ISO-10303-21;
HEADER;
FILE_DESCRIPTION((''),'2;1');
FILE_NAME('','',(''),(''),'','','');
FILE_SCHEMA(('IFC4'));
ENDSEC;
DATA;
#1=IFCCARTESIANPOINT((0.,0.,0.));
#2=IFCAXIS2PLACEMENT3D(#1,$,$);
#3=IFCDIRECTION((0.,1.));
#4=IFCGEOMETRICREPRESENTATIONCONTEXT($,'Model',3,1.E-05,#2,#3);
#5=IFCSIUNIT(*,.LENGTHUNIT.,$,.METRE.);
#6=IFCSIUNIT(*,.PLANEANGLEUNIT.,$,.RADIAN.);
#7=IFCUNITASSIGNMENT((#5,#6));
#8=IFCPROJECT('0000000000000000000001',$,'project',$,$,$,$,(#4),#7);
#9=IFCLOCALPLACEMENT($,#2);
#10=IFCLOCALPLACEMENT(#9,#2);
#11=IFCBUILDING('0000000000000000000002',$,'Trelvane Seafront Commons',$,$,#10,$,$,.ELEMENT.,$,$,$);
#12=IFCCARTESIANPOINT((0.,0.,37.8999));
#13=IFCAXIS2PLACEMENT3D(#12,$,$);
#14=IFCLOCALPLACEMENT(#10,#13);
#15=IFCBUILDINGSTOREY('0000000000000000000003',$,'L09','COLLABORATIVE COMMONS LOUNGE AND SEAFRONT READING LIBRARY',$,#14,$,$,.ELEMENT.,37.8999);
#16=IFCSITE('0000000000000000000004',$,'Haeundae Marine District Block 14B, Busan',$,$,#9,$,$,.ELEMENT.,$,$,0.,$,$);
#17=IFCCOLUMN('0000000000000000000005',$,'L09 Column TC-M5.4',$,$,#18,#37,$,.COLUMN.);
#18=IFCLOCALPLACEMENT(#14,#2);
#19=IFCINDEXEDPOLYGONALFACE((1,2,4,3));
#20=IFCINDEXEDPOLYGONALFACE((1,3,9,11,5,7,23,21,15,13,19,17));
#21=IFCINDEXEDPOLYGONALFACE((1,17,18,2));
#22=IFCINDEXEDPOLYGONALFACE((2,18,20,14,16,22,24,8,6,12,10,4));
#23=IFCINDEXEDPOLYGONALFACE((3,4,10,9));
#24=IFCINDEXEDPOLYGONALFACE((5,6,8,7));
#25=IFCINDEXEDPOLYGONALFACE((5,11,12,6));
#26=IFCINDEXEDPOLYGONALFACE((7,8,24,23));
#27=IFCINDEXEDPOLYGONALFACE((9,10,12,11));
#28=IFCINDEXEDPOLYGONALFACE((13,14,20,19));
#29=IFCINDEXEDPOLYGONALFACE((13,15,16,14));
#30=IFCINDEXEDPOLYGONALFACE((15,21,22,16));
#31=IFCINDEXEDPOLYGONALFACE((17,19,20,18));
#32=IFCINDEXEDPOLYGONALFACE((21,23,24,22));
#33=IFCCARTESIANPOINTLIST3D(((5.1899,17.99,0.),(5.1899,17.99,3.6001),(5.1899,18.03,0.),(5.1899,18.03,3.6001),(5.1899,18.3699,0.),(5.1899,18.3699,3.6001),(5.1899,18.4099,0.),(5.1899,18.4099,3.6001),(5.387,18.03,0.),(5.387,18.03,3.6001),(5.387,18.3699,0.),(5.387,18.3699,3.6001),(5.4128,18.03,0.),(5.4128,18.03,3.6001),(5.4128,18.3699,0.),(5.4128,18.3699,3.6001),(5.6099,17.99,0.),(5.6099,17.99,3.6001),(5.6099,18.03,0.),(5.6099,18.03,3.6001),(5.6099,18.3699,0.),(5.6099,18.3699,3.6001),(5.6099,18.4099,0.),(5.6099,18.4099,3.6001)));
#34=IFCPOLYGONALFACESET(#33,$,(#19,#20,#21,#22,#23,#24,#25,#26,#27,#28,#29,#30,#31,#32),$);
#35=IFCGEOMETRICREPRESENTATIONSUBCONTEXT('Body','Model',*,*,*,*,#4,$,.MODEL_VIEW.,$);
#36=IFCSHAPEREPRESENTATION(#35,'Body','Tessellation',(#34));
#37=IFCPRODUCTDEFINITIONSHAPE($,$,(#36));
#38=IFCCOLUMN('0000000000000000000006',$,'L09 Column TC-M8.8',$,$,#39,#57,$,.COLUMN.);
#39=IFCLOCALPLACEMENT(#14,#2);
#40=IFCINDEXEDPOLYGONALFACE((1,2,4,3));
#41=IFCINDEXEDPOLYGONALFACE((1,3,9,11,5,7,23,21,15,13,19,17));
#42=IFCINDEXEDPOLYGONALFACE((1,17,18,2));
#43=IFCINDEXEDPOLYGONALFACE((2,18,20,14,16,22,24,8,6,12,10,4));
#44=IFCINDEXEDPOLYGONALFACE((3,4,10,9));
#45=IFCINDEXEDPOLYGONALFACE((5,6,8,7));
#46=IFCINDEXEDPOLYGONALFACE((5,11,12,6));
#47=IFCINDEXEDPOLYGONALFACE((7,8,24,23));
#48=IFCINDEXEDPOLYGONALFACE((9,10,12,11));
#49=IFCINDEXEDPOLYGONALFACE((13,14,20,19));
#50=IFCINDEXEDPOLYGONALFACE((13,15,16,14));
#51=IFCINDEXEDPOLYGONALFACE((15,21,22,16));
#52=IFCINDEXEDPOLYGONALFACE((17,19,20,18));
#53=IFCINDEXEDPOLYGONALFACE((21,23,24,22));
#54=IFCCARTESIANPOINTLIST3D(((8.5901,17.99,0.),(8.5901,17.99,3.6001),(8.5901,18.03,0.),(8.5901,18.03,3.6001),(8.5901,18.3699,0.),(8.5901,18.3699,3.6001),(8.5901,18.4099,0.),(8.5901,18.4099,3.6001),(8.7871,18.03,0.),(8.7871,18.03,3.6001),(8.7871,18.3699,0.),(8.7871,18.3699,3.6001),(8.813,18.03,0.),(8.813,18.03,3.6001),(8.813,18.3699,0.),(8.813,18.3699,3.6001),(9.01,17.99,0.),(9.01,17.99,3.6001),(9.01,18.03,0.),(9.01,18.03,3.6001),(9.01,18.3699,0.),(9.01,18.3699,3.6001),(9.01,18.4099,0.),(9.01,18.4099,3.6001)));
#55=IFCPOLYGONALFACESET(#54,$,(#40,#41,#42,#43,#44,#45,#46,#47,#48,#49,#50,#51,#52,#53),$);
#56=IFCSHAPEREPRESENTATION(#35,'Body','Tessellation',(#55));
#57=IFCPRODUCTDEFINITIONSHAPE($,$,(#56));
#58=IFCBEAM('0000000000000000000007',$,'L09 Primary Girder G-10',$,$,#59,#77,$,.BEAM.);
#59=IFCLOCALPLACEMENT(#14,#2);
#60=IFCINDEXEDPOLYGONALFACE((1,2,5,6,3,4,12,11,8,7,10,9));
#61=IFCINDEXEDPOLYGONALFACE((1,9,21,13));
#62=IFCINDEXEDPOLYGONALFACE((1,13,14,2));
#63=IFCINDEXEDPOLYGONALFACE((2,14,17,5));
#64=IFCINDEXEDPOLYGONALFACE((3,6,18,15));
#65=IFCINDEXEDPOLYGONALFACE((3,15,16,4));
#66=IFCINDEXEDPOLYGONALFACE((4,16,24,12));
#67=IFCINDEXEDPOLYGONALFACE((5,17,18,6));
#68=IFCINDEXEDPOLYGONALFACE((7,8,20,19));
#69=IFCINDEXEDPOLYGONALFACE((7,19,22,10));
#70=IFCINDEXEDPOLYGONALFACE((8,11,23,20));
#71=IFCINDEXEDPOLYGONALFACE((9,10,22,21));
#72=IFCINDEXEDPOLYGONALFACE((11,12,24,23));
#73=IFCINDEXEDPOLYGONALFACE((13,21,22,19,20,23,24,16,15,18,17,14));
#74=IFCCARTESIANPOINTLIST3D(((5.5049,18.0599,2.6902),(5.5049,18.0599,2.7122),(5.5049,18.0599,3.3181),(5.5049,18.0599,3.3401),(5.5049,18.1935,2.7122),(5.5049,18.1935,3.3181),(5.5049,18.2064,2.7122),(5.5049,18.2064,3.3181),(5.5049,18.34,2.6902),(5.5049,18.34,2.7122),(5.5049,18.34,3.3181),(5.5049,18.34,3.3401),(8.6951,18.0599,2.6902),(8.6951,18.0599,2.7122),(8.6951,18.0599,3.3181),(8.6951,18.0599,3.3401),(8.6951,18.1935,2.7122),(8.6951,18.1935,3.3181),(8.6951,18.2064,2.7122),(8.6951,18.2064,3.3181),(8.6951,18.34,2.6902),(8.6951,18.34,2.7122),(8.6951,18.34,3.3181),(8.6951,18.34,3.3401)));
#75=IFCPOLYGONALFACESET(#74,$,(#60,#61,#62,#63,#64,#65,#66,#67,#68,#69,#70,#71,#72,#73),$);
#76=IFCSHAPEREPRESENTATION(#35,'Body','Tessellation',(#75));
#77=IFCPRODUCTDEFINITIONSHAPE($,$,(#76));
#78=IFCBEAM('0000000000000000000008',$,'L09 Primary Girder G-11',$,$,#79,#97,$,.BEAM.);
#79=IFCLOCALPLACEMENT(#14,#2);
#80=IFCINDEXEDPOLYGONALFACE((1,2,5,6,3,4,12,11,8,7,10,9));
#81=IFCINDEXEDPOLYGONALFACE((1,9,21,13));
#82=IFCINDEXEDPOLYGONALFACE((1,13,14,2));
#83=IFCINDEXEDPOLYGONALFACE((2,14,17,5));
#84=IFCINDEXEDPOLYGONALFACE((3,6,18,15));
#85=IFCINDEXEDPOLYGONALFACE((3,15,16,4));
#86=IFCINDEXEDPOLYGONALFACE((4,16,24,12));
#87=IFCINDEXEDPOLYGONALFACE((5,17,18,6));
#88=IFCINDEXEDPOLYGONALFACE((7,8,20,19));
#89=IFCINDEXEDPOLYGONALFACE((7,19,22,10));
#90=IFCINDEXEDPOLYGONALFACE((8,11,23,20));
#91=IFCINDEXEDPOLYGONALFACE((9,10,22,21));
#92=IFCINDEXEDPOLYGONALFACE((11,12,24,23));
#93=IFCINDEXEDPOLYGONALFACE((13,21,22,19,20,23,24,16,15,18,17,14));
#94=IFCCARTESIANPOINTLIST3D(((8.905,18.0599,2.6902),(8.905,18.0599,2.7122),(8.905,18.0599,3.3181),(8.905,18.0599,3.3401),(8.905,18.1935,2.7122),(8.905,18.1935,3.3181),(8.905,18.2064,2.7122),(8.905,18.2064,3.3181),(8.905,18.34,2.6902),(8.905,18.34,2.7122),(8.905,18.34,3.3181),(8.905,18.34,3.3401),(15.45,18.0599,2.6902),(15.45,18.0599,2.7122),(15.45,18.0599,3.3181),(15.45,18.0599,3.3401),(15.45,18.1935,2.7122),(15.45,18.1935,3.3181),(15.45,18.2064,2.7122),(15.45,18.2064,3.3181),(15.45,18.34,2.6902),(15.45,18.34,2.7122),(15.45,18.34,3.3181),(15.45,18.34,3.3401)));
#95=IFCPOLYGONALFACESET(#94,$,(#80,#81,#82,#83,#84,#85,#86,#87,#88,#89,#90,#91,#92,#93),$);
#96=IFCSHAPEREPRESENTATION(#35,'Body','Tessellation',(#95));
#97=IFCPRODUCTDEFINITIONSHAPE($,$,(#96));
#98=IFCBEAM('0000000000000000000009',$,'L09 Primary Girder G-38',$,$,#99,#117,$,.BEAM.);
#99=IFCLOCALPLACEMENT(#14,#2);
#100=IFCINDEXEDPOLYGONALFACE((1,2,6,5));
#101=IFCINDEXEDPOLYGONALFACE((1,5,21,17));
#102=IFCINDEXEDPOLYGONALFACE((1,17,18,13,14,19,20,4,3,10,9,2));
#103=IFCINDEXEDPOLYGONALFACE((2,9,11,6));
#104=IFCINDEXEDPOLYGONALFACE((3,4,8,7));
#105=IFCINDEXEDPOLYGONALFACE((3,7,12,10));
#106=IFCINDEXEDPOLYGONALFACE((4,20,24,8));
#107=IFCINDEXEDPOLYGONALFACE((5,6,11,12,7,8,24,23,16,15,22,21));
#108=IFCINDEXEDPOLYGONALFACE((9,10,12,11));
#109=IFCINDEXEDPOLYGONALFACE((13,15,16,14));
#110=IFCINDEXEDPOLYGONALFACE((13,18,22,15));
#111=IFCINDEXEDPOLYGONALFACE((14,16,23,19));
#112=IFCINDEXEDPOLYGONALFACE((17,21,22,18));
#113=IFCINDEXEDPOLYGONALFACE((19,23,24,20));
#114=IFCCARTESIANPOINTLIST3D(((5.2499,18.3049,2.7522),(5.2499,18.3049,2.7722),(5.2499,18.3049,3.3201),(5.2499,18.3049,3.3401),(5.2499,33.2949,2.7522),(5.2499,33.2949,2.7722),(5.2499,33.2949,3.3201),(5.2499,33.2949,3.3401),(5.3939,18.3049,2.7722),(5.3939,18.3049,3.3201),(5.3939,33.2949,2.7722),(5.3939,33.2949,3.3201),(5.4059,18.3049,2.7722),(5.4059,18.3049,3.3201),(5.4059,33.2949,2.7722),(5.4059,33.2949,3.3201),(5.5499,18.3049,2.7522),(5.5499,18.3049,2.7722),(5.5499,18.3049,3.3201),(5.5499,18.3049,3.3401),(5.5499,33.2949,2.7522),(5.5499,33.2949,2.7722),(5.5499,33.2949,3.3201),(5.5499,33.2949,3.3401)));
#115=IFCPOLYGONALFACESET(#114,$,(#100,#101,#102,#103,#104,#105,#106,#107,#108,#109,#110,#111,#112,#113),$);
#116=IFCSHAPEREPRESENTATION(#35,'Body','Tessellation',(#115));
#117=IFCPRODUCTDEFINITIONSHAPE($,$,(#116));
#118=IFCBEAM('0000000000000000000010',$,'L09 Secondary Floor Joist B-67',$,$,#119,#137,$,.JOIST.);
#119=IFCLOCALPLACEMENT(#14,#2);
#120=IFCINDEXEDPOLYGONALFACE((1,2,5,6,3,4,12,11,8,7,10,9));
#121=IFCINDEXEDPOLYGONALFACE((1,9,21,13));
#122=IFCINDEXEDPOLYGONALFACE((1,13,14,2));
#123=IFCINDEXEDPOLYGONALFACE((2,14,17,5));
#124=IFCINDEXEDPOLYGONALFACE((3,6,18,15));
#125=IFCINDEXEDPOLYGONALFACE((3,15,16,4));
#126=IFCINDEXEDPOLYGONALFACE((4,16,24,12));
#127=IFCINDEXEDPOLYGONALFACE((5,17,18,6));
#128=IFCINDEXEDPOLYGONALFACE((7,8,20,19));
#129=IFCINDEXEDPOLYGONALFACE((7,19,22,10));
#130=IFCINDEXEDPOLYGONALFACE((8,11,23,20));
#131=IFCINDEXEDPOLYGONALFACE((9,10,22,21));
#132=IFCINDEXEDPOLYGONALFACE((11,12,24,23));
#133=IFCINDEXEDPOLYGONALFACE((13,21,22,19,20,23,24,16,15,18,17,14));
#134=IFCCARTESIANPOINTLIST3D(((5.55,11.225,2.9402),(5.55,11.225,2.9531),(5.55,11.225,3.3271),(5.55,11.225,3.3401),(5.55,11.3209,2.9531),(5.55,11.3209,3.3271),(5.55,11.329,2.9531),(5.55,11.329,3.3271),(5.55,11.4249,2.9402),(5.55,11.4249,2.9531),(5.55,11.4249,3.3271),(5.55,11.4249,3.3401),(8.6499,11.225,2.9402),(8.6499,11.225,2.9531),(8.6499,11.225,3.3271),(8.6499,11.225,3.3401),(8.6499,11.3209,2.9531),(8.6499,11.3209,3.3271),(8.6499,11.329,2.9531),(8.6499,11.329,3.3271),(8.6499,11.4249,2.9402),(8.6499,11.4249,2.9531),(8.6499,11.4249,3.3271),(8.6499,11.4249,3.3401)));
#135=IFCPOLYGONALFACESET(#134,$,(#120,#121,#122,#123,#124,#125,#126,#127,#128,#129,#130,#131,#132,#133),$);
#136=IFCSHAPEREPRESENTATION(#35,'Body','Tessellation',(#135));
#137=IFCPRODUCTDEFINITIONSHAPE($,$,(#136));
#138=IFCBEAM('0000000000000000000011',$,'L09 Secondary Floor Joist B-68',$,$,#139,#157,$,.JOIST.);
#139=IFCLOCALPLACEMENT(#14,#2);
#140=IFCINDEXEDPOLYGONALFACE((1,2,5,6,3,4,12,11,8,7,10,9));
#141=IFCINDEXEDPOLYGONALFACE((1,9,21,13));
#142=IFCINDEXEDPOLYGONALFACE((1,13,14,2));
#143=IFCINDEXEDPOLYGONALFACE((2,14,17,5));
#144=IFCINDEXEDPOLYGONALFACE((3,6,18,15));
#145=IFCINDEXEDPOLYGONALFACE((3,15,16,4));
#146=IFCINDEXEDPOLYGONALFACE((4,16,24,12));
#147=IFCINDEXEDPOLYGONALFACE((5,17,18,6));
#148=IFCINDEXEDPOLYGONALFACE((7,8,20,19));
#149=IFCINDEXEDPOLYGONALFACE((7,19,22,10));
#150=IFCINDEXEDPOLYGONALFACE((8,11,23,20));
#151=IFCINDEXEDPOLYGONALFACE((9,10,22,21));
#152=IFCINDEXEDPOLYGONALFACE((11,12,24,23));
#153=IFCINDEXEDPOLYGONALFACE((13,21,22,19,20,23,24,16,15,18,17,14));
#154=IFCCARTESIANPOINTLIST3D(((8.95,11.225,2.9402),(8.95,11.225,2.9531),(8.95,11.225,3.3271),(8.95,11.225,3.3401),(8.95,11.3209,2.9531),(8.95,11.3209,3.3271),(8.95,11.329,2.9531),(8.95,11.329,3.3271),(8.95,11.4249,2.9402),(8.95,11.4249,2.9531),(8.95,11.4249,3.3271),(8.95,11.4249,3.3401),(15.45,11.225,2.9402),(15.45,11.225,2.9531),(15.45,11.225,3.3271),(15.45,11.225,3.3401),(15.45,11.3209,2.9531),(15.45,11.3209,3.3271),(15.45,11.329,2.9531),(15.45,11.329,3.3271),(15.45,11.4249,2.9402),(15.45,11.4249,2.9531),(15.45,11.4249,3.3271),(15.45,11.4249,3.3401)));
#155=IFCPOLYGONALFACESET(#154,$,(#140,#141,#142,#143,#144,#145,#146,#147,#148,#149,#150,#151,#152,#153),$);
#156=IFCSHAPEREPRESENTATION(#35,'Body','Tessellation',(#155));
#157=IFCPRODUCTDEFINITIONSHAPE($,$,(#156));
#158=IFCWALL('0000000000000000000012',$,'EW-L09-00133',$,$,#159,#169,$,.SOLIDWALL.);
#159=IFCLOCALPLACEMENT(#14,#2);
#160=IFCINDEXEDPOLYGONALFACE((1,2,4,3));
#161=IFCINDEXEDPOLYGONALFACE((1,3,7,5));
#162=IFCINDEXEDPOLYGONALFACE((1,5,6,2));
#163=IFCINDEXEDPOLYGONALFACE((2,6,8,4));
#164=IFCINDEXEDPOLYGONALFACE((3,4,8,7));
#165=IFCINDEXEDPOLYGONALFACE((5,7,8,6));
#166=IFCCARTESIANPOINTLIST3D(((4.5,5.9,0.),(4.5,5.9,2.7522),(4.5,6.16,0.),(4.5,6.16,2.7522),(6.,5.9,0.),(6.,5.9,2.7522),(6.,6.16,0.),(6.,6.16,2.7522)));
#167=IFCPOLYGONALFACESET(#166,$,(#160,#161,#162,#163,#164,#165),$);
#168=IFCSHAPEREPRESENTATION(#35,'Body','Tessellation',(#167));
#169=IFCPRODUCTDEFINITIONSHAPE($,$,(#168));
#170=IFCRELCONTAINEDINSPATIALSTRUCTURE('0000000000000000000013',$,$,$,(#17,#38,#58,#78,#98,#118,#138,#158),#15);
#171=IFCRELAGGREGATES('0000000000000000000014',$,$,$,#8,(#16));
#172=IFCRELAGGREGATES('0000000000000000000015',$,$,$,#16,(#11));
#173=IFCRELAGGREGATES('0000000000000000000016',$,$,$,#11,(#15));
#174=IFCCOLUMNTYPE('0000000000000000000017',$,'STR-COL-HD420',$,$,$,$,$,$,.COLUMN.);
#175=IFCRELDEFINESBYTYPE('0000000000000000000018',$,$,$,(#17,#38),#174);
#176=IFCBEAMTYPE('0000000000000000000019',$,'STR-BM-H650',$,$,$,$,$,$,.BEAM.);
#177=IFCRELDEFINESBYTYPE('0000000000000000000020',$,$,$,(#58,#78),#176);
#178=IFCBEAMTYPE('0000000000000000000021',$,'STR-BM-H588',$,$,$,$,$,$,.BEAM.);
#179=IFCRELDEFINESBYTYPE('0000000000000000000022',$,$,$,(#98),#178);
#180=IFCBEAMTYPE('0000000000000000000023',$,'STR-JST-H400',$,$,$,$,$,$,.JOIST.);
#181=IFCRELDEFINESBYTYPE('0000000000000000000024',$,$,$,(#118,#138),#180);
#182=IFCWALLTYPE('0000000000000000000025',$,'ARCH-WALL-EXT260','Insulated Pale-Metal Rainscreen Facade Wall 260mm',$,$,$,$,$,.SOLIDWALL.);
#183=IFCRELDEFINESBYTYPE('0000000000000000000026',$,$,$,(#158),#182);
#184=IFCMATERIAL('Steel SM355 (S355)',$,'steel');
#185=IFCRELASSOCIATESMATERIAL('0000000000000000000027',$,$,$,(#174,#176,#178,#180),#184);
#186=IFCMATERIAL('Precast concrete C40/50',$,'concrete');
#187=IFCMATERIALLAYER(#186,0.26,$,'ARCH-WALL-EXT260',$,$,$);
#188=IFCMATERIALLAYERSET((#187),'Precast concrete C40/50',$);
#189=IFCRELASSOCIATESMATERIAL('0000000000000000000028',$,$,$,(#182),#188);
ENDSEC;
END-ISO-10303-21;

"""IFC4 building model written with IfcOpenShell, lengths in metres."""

from ifc_helpers import new_model, si_unit, direction, frame, frame_2d, origin, origin_2d, place, context, subcontext, project, spatial, rectangle, i_section, extrude, source, transform, mapped, material, layer, layer_set, material_profile, profile_set, type_object, element, save


model = new_model("IFC4")

# Units and contexts
model_context = context("Model", 3, precision=1e-05, world=origin(), true_north=direction((0.0, 1.0)))
body_context = subcontext(model_context, "Body", "Model", "MODEL_VIEW")
ifc_project = project(units=[si_unit("LENGTHUNIT", "METRE"), si_unit("PLANEANGLEUNIT", "RADIAN")], contexts=[model_context])

# Site, building, storey
site_placement = place(None, origin())
site = spatial("IfcSite", under=ifc_project, at=site_placement, Name="Haeundae Marine District Block 14B, Busan", CompositionType="ELEMENT", RefElevation=0.0)
building_placement = place(site_placement, origin())
building = spatial("IfcBuilding", under=site, at=building_placement, Name="Trelvane Seafront Commons", CompositionType="ELEMENT")
storey_placement = place(building_placement, frame((0.0, 0.0, 37.8999)))
storey = spatial("IfcBuildingStorey", under=building, at=storey_placement, Name="L09", Description="COLLABORATIVE COMMONS LOUNGE AND SEAFRONT READING LIBRARY", CompositionType="ELEMENT", Elevation=37.8999)

# Columns
ifc_material_1 = material(Name="Steel SM355 (S355)", Category="steel")
ifc_material_profile_1 = material_profile(ifc_material_1, i_section(OverallWidth=0.4199, OverallDepth=0.4199, WebThickness=0.0259, FlangeThickness=0.04, at=origin_2d()), Name="HD-420x420x26x40")
ifc_profile_set_1 = profile_set([ifc_material_profile_1], Name="Steel SM355 (S355)")
column_type = type_object("IfcColumnType", Name="STR-COL-HD420", PredefinedType="COLUMN", material=ifc_profile_set_1)
shared_shape_1 = source(origin(), body_context, "Body", "SweptSolid", [
    extrude(i_section(OverallWidth=0.4199, OverallDepth=0.4199, WebThickness=0.0259, FlangeThickness=0.04, at=origin_2d()), origin(), (0.0, 0.0, 1.0), 3.6001),
])
for number, where, z_axis, x_axis, name in (
    (1, (5.3999, 18.2, 0.0), (0.0, 0.0, 1.0), (1.0, 0.0, 0.0), "L09 Column TC-M5.4"),
    (2, (8.8, 18.2, 0.0), (0.0, 0.0, 1.0), (1.0, 0.0, 0.0), "L09 Column TC-M8.8"),
):
    element("IfcColumn", number, at=place(storey_placement, frame(where, z_axis=z_axis, x_axis=x_axis)), inside=storey, type_object=column_type, Name=name, PredefinedType="COLUMN", context=body_context, shape_type="MappedRepresentation", body=[
        mapped(shared_shape_1, transform((0.0, 0.0, 0.0), x_axis=(1.0, 0.0, 0.0), y_axis=(0.0, 1.0, 0.0), z_axis=(0.0, 0.0, 1.0), scale=1.0)),
    ])

# Beams
ifc_material_profile_2 = material_profile(ifc_material_1, i_section(OverallWidth=0.28, OverallDepth=0.6499, WebThickness=0.0129, FlangeThickness=0.022, at=origin_2d()), Name="H-650x280x13x22")
ifc_profile_set_2 = profile_set([ifc_material_profile_2], Name="Steel SM355 (S355)")
beam_type_1 = type_object("IfcBeamType", Name="STR-BM-H650", PredefinedType="BEAM", material=ifc_profile_set_2)
shared_shape_2 = source(origin(), body_context, "Body", "SweptSolid", [
    extrude(i_section(OverallWidth=0.28, OverallDepth=0.6499, WebThickness=0.0129, FlangeThickness=0.022, at=origin_2d()), origin(), (0.0, 0.0, 1.0), 3.1902),
])
beam_1_placement = place(storey_placement, frame((5.5049, 18.2, 3.0151), z_axis=(1.0, 0.0, 0.0), x_axis=(0.0, 1.0, 0.0)))
element("IfcBeam", 3, at=beam_1_placement, inside=storey, type_object=beam_type_1, Name="L09 Primary Girder G-10", PredefinedType="BEAM", context=body_context, shape_type="MappedRepresentation", body=[
    mapped(shared_shape_2, transform((0.0, 0.0, 0.0), x_axis=(1.0, 0.0, 0.0), y_axis=(0.0, 1.0, 0.0), z_axis=(0.0, 0.0, 1.0), scale=1.0)),
])
shared_shape_3 = source(origin(), body_context, "Body", "SweptSolid", [
    extrude(i_section(OverallWidth=0.28, OverallDepth=0.6499, WebThickness=0.0129, FlangeThickness=0.022, at=origin_2d()), origin(), (0.0, 0.0, 1.0), 6.5449),
])
beam_2_placement = place(storey_placement, frame((8.905, 18.2, 3.0151), z_axis=(1.0, 0.0, 0.0), x_axis=(0.0, 1.0, 0.0)))
element("IfcBeam", 4, at=beam_2_placement, inside=storey, type_object=beam_type_1, Name="L09 Primary Girder G-11", PredefinedType="BEAM", context=body_context, shape_type="MappedRepresentation", body=[
    mapped(shared_shape_3, transform((0.0, 0.0, 0.0), x_axis=(1.0, 0.0, 0.0), y_axis=(0.0, 1.0, 0.0), z_axis=(0.0, 0.0, 1.0), scale=1.0)),
])
ifc_material_profile_3 = material_profile(ifc_material_1, i_section(OverallWidth=0.3, OverallDepth=0.5879, WebThickness=0.012, FlangeThickness=0.02, at=origin_2d()), Name="H-588x300x12x20")
ifc_profile_set_3 = profile_set([ifc_material_profile_3], Name="Steel SM355 (S355)")
beam_type_2 = type_object("IfcBeamType", Name="STR-BM-H588", PredefinedType="BEAM", material=ifc_profile_set_3)
shared_shape_4 = source(origin(), body_context, "Body", "SweptSolid", [
    extrude(i_section(OverallWidth=0.3, OverallDepth=0.5879, WebThickness=0.012, FlangeThickness=0.02, at=origin_2d()), origin(), (0.0, 0.0, 1.0), 14.99),
])
beam_3_placement = place(storey_placement, frame((5.3999, 18.3049, 3.0461), z_axis=(0.0, 1.0, 0.0), x_axis=(-1.0, 0.0, 0.0)))
element("IfcBeam", 5, at=beam_3_placement, inside=storey, type_object=beam_type_2, Name="L09 Primary Girder G-38", PredefinedType="BEAM", context=body_context, shape_type="MappedRepresentation", body=[
    mapped(shared_shape_4, transform((0.0, 0.0, 0.0), x_axis=(1.0, 0.0, 0.0), y_axis=(0.0, 1.0, 0.0), z_axis=(0.0, 0.0, 1.0), scale=1.0)),
])
ifc_material_profile_4 = material_profile(ifc_material_1, i_section(OverallWidth=0.2, OverallDepth=0.3999, WebThickness=0.0081, FlangeThickness=0.0129, at=origin_2d()), Name="H-400x200x8x13")
ifc_profile_set_4 = profile_set([ifc_material_profile_4], Name="Steel SM355 (S355)")
beam_type_3 = type_object("IfcBeamType", Name="STR-JST-H400", PredefinedType="JOIST", material=ifc_profile_set_4)
shared_shape_5 = source(origin(), body_context, "Body", "SweptSolid", [
    extrude(i_section(OverallWidth=0.2, OverallDepth=0.3999, WebThickness=0.0081, FlangeThickness=0.0129, at=origin_2d()), origin(), (0.0, 0.0, 1.0), 3.0999),
])
beam_4_placement = place(storey_placement, frame((5.55, 11.325, 3.1401), z_axis=(1.0, 0.0, 0.0), x_axis=(0.0, 1.0, 0.0)))
element("IfcBeam", 6, at=beam_4_placement, inside=storey, type_object=beam_type_3, Name="L09 Secondary Floor Joist B-67", PredefinedType="JOIST", context=body_context, shape_type="MappedRepresentation", body=[
    mapped(shared_shape_5, transform((0.0, 0.0, 0.0), x_axis=(1.0, 0.0, 0.0), y_axis=(0.0, 1.0, 0.0), z_axis=(0.0, 0.0, 1.0), scale=1.0)),
])
shared_shape_6 = source(origin(), body_context, "Body", "SweptSolid", [
    extrude(i_section(OverallWidth=0.2, OverallDepth=0.3999, WebThickness=0.0081, FlangeThickness=0.0129, at=origin_2d()), origin(), (0.0, 0.0, 1.0), 6.5),
])
beam_5_placement = place(storey_placement, frame((8.95, 11.325, 3.1401), z_axis=(1.0, 0.0, 0.0), x_axis=(0.0, 1.0, 0.0)))
element("IfcBeam", 7, at=beam_5_placement, inside=storey, type_object=beam_type_3, Name="L09 Secondary Floor Joist B-68", PredefinedType="JOIST", context=body_context, shape_type="MappedRepresentation", body=[
    mapped(shared_shape_6, transform((0.0, 0.0, 0.0), x_axis=(1.0, 0.0, 0.0), y_axis=(0.0, 1.0, 0.0), z_axis=(0.0, 0.0, 1.0), scale=1.0)),
])

# Wall
ifc_material_2 = material(Name="Precast concrete C40/50", Category="concrete")
ifc_layer_1 = layer(ifc_material_2, 0.26, Name="ARCH-WALL-EXT260")
ifc_layer_set_1 = layer_set([ifc_layer_1], Name="Precast concrete C40/50")
wall_type_1 = type_object("IfcWallType", Name="ARCH-WALL-EXT260", Description="Insulated Pale-Metal Rainscreen Facade Wall 260mm", PredefinedType="SOLIDWALL", material=ifc_layer_set_1)
wall_1_placement = place(storey_placement, frame((6.0, 6.03, 0.0), z_axis=(0.0, 0.0, 1.0), x_axis=(-1.0, 0.0, 0.0)))
element("IfcWall", 8, at=wall_1_placement, inside=storey, type_object=wall_type_1, Name="EW-L09-00133", PredefinedType="SOLIDWALL", context=body_context, shape_type="SweptSolid", body=[
    extrude(rectangle(XDim=1.5, YDim=0.26, at=frame_2d((0.75, 0.0))), origin(), (0.0, 0.0, 1.0), 2.7522),
])

save(model, "model.ifc")
